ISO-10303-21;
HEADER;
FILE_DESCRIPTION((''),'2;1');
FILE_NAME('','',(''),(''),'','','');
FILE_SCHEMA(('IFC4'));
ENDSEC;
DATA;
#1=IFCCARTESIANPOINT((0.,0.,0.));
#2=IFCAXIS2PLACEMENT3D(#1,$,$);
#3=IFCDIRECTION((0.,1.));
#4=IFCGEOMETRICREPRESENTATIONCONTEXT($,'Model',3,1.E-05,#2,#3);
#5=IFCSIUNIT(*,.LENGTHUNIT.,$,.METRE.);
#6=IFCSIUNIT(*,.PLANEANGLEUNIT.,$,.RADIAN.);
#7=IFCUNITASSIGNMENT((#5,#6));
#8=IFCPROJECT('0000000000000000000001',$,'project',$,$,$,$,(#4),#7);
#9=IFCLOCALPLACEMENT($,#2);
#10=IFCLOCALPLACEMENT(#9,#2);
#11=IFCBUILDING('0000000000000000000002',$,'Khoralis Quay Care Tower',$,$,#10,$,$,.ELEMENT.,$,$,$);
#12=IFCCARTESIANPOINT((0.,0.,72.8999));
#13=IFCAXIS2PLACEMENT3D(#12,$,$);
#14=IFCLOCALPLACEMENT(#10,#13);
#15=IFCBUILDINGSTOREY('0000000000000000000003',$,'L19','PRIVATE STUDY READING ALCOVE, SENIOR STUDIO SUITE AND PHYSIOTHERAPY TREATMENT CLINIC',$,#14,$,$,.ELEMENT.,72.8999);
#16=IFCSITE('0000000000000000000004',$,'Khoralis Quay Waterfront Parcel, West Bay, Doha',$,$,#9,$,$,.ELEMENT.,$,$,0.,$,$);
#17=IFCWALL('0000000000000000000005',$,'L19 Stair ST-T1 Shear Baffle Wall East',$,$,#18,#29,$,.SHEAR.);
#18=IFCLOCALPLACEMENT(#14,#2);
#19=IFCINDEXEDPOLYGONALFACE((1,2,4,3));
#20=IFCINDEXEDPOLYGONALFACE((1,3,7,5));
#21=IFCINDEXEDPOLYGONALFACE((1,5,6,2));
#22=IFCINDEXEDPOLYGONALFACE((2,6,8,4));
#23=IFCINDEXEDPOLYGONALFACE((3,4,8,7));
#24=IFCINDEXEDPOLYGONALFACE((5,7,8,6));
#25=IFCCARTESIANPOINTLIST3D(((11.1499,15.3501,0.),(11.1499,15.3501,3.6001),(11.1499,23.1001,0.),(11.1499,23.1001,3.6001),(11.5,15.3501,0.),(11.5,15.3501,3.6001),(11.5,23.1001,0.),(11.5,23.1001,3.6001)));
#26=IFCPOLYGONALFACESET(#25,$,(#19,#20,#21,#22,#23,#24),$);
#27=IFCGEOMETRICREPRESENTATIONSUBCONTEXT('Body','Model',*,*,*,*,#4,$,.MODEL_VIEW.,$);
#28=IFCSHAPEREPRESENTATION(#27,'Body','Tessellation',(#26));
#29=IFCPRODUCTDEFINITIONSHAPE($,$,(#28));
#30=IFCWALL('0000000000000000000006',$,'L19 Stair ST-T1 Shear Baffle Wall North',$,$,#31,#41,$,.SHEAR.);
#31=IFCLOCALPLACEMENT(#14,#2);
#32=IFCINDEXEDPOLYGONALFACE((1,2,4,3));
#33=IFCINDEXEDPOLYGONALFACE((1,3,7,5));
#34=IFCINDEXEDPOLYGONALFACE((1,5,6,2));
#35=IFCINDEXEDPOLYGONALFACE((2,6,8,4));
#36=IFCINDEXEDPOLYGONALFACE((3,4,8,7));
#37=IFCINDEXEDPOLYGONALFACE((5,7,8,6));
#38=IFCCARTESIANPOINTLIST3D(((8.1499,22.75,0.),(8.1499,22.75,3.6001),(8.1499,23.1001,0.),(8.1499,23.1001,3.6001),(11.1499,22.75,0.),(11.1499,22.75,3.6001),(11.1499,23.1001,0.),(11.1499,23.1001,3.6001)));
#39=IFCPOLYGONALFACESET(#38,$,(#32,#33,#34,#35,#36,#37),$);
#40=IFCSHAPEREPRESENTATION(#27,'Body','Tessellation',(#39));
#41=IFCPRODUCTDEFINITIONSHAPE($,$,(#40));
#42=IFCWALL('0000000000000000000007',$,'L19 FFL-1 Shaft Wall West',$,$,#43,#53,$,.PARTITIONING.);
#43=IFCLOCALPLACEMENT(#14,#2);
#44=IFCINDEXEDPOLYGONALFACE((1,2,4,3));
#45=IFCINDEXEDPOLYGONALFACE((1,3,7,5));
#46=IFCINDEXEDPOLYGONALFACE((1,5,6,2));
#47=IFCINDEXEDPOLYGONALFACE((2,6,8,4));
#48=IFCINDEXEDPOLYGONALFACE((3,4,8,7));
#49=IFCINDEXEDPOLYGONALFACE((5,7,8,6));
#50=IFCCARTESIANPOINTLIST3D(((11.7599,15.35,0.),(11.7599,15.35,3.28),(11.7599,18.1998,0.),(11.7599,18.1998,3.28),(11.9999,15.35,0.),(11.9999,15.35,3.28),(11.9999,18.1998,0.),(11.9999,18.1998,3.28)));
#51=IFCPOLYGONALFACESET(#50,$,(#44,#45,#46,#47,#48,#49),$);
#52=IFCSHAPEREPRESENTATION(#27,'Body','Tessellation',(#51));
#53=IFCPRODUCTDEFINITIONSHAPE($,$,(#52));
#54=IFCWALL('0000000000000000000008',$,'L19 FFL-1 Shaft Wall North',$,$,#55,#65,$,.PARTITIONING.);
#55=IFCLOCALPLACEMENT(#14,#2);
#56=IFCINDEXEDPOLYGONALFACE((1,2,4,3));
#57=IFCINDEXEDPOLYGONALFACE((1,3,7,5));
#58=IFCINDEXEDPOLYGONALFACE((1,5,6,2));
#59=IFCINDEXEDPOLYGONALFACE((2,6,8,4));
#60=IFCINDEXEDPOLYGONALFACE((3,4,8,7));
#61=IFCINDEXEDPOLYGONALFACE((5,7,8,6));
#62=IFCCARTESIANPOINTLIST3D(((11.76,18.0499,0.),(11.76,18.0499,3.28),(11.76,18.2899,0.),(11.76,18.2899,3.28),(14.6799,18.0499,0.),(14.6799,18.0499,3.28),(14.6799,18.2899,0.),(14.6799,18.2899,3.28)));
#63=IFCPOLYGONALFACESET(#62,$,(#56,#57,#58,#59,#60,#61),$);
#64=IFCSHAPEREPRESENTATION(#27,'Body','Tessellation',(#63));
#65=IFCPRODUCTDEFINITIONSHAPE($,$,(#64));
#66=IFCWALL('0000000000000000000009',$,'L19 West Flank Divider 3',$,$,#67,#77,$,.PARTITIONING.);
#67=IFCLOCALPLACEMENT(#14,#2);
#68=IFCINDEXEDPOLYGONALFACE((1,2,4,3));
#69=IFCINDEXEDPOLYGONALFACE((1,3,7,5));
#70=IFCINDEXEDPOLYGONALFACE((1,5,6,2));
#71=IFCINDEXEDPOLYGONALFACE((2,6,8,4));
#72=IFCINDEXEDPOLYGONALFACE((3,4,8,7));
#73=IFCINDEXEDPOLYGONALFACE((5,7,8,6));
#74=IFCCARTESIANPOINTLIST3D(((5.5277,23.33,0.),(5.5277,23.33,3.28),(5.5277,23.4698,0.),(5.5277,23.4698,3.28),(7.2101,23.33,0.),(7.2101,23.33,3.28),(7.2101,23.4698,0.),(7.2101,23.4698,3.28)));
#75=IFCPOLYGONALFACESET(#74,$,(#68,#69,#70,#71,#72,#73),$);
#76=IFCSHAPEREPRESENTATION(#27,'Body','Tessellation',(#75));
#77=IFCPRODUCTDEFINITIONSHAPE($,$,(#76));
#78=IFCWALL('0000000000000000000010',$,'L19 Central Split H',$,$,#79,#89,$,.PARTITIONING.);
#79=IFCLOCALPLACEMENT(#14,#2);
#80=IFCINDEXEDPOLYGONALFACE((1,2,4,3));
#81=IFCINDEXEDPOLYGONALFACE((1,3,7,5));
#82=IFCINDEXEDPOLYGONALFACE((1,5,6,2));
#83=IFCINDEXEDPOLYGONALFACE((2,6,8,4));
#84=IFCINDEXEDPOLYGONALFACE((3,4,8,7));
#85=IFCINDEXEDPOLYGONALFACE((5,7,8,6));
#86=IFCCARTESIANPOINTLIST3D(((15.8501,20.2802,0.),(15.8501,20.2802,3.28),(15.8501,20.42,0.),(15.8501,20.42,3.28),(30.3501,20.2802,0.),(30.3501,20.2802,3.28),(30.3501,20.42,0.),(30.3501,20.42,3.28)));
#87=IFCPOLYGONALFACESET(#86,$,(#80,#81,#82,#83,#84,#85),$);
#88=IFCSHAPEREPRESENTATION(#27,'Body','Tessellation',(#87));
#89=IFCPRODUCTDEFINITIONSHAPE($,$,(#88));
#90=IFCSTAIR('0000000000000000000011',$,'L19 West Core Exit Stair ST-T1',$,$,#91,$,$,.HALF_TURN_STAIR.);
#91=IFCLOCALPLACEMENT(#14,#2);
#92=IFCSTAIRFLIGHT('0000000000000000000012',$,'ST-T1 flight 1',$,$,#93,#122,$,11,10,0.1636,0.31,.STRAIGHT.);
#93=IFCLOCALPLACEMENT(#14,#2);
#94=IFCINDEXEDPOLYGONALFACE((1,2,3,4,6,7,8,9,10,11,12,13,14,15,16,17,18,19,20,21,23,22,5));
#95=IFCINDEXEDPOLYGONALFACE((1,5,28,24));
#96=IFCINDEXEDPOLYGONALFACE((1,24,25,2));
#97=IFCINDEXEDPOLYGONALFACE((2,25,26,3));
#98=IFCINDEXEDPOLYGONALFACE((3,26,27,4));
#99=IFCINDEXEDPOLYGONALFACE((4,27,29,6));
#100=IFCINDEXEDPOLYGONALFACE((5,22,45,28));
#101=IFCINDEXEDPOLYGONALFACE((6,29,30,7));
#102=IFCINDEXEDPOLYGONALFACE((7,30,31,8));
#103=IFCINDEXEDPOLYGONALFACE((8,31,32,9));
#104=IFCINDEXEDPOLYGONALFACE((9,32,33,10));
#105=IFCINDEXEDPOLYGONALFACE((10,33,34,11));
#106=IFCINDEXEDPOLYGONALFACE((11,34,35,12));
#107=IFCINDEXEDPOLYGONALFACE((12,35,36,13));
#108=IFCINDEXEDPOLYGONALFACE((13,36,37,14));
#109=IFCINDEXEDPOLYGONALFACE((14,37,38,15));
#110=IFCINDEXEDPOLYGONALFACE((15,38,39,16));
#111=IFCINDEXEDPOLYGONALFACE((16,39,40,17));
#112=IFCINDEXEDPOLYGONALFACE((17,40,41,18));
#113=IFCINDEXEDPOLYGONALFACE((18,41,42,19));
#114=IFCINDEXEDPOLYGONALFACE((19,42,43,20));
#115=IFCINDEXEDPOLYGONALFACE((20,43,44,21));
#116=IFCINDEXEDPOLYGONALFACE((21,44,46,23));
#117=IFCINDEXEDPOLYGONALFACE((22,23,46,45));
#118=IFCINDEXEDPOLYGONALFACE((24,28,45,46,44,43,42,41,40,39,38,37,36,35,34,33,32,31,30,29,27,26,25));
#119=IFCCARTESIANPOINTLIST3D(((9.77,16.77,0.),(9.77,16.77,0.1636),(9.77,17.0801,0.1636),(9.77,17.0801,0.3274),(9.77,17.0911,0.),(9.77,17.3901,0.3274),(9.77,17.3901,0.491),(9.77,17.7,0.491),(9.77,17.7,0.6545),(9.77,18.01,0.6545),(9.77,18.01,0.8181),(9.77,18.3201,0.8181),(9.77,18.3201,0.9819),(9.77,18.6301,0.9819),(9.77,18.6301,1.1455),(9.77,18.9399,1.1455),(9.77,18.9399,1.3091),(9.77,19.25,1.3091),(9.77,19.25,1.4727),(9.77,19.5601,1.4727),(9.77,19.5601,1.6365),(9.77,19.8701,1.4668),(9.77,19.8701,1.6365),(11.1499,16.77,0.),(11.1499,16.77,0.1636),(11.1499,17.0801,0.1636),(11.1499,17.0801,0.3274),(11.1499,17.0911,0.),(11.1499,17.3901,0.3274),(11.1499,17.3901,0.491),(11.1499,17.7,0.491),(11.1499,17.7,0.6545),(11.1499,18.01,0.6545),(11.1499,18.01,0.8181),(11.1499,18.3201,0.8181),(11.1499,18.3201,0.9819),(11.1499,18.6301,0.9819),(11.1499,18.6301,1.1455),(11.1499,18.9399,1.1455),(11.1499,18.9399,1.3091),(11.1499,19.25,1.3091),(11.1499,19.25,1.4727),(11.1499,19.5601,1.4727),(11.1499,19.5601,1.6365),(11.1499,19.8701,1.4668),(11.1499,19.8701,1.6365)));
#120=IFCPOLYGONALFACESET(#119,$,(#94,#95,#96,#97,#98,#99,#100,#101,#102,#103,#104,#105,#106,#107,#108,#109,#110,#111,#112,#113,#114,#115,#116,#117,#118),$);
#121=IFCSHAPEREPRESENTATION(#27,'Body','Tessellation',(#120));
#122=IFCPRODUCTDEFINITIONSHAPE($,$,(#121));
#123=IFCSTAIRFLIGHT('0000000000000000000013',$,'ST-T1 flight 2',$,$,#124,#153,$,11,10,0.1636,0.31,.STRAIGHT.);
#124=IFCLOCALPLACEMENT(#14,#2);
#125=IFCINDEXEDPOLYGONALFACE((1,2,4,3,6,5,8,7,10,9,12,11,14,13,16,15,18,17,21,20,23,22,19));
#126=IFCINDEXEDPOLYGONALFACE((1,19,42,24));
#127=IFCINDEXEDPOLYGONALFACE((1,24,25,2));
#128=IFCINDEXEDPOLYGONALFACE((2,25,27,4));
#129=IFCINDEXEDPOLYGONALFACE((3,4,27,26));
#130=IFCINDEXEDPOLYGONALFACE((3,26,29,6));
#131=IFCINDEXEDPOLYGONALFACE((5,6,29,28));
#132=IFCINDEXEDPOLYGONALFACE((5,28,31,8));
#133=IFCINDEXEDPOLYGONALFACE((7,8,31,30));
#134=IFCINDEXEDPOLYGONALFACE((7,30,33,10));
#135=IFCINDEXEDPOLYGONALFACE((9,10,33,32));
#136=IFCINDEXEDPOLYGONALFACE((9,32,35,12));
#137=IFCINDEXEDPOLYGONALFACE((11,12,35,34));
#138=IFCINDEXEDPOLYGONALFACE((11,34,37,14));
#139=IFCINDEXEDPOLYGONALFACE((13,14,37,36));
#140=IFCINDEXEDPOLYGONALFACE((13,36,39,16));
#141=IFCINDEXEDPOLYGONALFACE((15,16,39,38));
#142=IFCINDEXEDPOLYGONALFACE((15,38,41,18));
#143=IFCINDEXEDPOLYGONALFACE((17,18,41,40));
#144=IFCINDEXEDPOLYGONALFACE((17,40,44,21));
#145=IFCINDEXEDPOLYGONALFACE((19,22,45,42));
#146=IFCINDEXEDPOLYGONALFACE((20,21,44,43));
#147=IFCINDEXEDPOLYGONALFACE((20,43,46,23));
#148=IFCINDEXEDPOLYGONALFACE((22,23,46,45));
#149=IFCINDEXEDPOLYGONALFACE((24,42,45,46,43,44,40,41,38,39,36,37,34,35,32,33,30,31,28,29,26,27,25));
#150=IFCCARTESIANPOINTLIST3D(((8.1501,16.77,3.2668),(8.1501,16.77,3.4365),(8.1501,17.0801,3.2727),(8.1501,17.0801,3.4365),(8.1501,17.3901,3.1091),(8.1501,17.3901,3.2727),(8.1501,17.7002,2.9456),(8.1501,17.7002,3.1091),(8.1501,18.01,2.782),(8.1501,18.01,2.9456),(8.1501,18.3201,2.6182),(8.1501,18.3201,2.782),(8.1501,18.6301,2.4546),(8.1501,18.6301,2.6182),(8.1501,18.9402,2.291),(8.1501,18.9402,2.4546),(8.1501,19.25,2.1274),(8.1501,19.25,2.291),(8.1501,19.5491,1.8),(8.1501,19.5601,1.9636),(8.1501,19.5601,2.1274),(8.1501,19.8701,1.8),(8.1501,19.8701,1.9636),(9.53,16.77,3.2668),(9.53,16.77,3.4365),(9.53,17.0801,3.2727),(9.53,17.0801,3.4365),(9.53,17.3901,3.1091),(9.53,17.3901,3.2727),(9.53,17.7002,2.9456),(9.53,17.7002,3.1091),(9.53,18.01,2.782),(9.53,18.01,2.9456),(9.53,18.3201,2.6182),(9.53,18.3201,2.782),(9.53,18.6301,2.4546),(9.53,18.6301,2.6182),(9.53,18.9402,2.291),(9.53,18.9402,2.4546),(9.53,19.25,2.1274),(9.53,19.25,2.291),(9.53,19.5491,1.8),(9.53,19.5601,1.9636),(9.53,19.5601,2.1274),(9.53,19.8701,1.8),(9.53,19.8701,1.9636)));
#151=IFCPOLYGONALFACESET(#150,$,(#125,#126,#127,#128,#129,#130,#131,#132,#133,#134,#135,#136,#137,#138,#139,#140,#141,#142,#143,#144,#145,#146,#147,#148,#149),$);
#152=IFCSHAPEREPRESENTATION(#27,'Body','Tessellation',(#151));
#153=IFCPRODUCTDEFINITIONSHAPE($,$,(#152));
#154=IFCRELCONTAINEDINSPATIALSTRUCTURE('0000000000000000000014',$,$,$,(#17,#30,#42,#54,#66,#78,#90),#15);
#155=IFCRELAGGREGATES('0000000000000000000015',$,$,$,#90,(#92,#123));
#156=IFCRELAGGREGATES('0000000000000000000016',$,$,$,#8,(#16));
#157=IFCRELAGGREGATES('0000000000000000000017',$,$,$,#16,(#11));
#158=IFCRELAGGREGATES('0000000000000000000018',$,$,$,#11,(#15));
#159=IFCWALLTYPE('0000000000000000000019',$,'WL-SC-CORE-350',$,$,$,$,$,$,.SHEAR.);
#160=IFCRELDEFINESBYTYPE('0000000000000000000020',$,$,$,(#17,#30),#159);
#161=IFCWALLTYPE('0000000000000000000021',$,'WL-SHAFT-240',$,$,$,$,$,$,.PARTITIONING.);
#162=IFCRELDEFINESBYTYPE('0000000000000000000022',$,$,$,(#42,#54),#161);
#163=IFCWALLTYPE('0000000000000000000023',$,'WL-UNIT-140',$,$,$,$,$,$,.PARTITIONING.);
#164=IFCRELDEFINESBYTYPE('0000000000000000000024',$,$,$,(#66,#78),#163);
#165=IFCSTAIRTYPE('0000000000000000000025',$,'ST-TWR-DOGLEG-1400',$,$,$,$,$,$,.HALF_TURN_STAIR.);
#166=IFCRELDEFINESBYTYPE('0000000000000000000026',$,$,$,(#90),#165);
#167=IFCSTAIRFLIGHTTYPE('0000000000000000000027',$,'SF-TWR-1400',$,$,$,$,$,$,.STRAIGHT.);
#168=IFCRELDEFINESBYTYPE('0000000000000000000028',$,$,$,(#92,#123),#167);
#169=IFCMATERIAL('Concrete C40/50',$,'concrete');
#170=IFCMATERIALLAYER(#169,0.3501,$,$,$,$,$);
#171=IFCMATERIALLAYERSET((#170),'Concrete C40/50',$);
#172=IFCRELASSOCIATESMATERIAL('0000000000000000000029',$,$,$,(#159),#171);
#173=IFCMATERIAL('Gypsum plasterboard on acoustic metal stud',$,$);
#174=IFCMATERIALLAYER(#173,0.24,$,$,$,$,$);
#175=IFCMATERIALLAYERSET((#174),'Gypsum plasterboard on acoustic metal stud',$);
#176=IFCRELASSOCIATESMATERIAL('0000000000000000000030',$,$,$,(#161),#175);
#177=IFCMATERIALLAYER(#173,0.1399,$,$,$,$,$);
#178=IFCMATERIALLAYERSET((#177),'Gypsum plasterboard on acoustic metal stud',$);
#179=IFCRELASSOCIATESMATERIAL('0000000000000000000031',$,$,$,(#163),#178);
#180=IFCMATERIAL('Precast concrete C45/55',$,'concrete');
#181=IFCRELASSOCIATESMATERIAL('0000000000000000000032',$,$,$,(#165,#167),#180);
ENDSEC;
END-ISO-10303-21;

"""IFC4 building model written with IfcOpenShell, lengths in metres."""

from ifc_helpers import new_model, si_unit, direction, frame, frame_2d, origin, place, context, subcontext, project, spatial, polyline, rectangle, outline, extrude, source, transform, mapped, material, layer, layer_set, type_object, element, aggregate, save


model = new_model("IFC4")

# Units and contexts
model_context = context("Model", 3, precision=1e-05, world=origin(), true_north=direction((0.0, 1.0)))
body_context = subcontext(model_context, "Body", "Model", "MODEL_VIEW")
ifc_project = project(units=[si_unit("LENGTHUNIT", "METRE"), si_unit("PLANEANGLEUNIT", "RADIAN")], contexts=[model_context])

# Site, building, storey
site_placement = place(None, origin())
site = spatial("IfcSite", under=ifc_project, at=site_placement, Name="Khoralis Quay Waterfront Parcel, West Bay, Doha", CompositionType="ELEMENT", RefElevation=0.0)
building_placement = place(site_placement, origin())
building = spatial("IfcBuilding", under=site, at=building_placement, Name="Khoralis Quay Care Tower", CompositionType="ELEMENT")
storey_placement = place(building_placement, frame((0.0, 0.0, 72.8999)))
storey = spatial("IfcBuildingStorey", under=building, at=storey_placement, Name="L19", Description="PRIVATE STUDY READING ALCOVE, SENIOR STUDIO SUITE AND PHYSIOTHERAPY TREATMENT CLINIC", CompositionType="ELEMENT", Elevation=72.8999)

# Shared definitions
ifc_material_1 = material(Name="Gypsum plasterboard on acoustic metal stud")

# Walls
ifc_material_2 = material(Name="Concrete C40/50", Category="concrete")
ifc_layer_1 = layer(ifc_material_2, 0.3501)
ifc_layer_set_1 = layer_set([ifc_layer_1], Name="Concrete C40/50")
wall_type_1 = type_object("IfcWallType", Name="WL-SC-CORE-350", PredefinedType="SHEAR", material=ifc_layer_set_1)
wall_1_placement = place(storey_placement, frame((11.325, 15.3501, 0.0), z_axis=(0.0, 0.0, 1.0), x_axis=(0.0, 1.0, 0.0)))
element("IfcWall", 1, at=wall_1_placement, inside=storey, type_object=wall_type_1, Name="L19 Stair ST-T1 Shear Baffle Wall East", PredefinedType="SHEAR", context=body_context, shape_type="SweptSolid", body=[
    extrude(rectangle(XDim=7.75, YDim=0.3501, at=frame_2d((3.875, 0.0))), origin(), (0.0, 0.0, 1.0), 3.6001),
])
wall_2_placement = place(storey_placement, frame((8.1499, 22.925, 0.0), z_axis=(0.0, 0.0, 1.0), x_axis=(1.0, 0.0, 0.0)))
element("IfcWall", 2, at=wall_2_placement, inside=storey, type_object=wall_type_1, Name="L19 Stair ST-T1 Shear Baffle Wall North", PredefinedType="SHEAR", context=body_context, shape_type="SweptSolid", body=[
    extrude(rectangle(XDim=3.0, YDim=0.3501, at=frame_2d((1.5, 0.0))), origin(), (0.0, 0.0, 1.0), 3.6001),
])
ifc_layer_2 = layer(ifc_material_1, 0.24)
ifc_layer_set_2 = layer_set([ifc_layer_2], Name="Gypsum plasterboard on acoustic metal stud")
wall_type_2 = type_object("IfcWallType", Name="WL-SHAFT-240", PredefinedType="PARTITIONING", material=ifc_layer_set_2)
wall_3_placement = place(storey_placement, frame((11.8799, 15.3501, 0.0), z_axis=(0.0, 0.0, 1.0), x_axis=(0.0, 1.0, 0.0)))
element("IfcWall", 3, at=wall_3_placement, inside=storey, type_object=wall_type_2, Name="L19 FFL-1 Shaft Wall West", PredefinedType="PARTITIONING", context=body_context, shape_type="SweptSolid", body=[
    extrude(rectangle(XDim=2.8499, YDim=0.24, at=frame_2d((1.4248, 0.0))), origin(), (0.0, 0.0, 1.0), 3.28),
])
wall_4_placement = place(storey_placement, frame((11.76, 18.1699, 0.0), z_axis=(0.0, 0.0, 1.0), x_axis=(1.0, 0.0, 0.0)))
element("IfcWall", 4, at=wall_4_placement, inside=storey, type_object=wall_type_2, Name="L19 FFL-1 Shaft Wall North", PredefinedType="PARTITIONING", context=body_context, shape_type="SweptSolid", body=[
    extrude(rectangle(XDim=2.9199, YDim=0.24, at=frame_2d((1.46, 0.0))), origin(), (0.0, 0.0, 1.0), 3.28),
])
ifc_layer_3 = layer(ifc_material_1, 0.1399)
ifc_layer_set_3 = layer_set([ifc_layer_3], Name="Gypsum plasterboard on acoustic metal stud")
wall_type_3 = type_object("IfcWallType", Name="WL-UNIT-140", PredefinedType="PARTITIONING", material=ifc_layer_set_3)
wall_5_placement = place(storey_placement, frame((5.5276, 23.3999, 0.0), z_axis=(0.0, 0.0, 1.0), x_axis=(1.0, 0.0, 0.0)))
element("IfcWall", 5, at=wall_5_placement, inside=storey, type_object=wall_type_3, Name="L19 West Flank Divider 3", PredefinedType="PARTITIONING", context=body_context, shape_type="SweptSolid", body=[
    extrude(rectangle(XDim=1.6824, YDim=0.1399, at=frame_2d((0.8413, 0.0))), origin(), (0.0, 0.0, 1.0), 3.28),
])
wall_6_placement = place(storey_placement, frame((15.8501, 20.3501, 0.0), z_axis=(0.0, 0.0, 1.0), x_axis=(1.0, 0.0, 0.0)))
element("IfcWall", 6, at=wall_6_placement, inside=storey, type_object=wall_type_3, Name="L19 Central Split H", PredefinedType="PARTITIONING", context=body_context, shape_type="SweptSolid", body=[
    extrude(rectangle(XDim=14.5, YDim=0.1399, at=frame_2d((7.25, 0.0))), origin(), (0.0, 0.0, 1.0), 3.28),
])

# Stair, stair flights
ifc_material_3 = material(Name="Precast concrete C45/55", Category="concrete")
stair_type = type_object("IfcStairType", Name="ST-TWR-DOGLEG-1400", PredefinedType="HALF_TURN_STAIR", material=ifc_material_3)
stair_placement = place(storey_placement, origin())
stair = element("IfcStair", 7, at=stair_placement, inside=storey, type_object=stair_type, Name="L19 West Core Exit Stair ST-T1", PredefinedType="HALF_TURN_STAIR")
stair_flight_type = type_object("IfcStairFlightType", Name="SF-TWR-1400", PredefinedType="STRAIGHT", material=ifc_material_3)
shared_shape_1 = source(origin(), body_context, "Body", "SweptSolid", [
    extrude(outline(polyline([(0.0, 0.0), (0.0, 0.1636), (0.3101, 0.1636), (0.3101, 0.3274), (0.6201, 0.3274), (0.6201, 0.491), (0.9299, 0.491), (0.9299, 0.6545), (1.24, 0.6545), (1.24, 0.8181), (1.55, 0.8181), (1.55, 0.9819), (1.8601, 0.9819), (1.8601, 1.1455), (2.1699, 1.1455), (2.1699, 1.3091), (2.48, 1.3091), (2.48, 1.4727), (2.79, 1.4727), (2.79, 1.6365), (3.1001, 1.6365), (3.1001, 1.8), (3.1001, 1.4668), (0.321, 0.0), (0.0, 0.0)])), frame((0.0, 0.6899, 0.0), z_axis=(0.0, -1.0, 0.0), x_axis=(1.0, 0.0, 0.0)), (0.0, 0.0, 1.0), 1.3799),
])
stair_flight_1_placement = place(storey_placement, frame((10.46, 16.77, 0.0), z_axis=(0.0, 0.0, 1.0), x_axis=(0.0, 1.0, 0.0)))
stair_flight_1 = element("IfcStairFlight", 8, at=stair_flight_1_placement, type_object=stair_flight_type, Name="ST-T1 flight 1", NumberOfRisers=11, NumberOfTreads=10, PredefinedType="STRAIGHT", RiserHeight=0.1636, TreadLength=0.31, context=body_context, shape_type="MappedRepresentation", body=[
    mapped(shared_shape_1, transform((0.0, 0.0, 0.0), scale=1.0)),
])
stair_flight_2_placement = place(storey_placement, frame((8.8401, 19.8701, 1.8), z_axis=(0.0, 0.0, 1.0), x_axis=(0.0, -1.0, 0.0)))
stair_flight_2 = element("IfcStairFlight", 9, at=stair_flight_2_placement, type_object=stair_flight_type, Name="ST-T1 flight 2", NumberOfRisers=11, NumberOfTreads=10, PredefinedType="STRAIGHT", RiserHeight=0.1636, TreadLength=0.31, context=body_context, shape_type="MappedRepresentation", body=[
    mapped(shared_shape_1, transform((0.0, 0.0, 0.0), scale=1.0)),
])
aggregate(stair, [stair_flight_1, stair_flight_2])

save(model, "model.ifc")
